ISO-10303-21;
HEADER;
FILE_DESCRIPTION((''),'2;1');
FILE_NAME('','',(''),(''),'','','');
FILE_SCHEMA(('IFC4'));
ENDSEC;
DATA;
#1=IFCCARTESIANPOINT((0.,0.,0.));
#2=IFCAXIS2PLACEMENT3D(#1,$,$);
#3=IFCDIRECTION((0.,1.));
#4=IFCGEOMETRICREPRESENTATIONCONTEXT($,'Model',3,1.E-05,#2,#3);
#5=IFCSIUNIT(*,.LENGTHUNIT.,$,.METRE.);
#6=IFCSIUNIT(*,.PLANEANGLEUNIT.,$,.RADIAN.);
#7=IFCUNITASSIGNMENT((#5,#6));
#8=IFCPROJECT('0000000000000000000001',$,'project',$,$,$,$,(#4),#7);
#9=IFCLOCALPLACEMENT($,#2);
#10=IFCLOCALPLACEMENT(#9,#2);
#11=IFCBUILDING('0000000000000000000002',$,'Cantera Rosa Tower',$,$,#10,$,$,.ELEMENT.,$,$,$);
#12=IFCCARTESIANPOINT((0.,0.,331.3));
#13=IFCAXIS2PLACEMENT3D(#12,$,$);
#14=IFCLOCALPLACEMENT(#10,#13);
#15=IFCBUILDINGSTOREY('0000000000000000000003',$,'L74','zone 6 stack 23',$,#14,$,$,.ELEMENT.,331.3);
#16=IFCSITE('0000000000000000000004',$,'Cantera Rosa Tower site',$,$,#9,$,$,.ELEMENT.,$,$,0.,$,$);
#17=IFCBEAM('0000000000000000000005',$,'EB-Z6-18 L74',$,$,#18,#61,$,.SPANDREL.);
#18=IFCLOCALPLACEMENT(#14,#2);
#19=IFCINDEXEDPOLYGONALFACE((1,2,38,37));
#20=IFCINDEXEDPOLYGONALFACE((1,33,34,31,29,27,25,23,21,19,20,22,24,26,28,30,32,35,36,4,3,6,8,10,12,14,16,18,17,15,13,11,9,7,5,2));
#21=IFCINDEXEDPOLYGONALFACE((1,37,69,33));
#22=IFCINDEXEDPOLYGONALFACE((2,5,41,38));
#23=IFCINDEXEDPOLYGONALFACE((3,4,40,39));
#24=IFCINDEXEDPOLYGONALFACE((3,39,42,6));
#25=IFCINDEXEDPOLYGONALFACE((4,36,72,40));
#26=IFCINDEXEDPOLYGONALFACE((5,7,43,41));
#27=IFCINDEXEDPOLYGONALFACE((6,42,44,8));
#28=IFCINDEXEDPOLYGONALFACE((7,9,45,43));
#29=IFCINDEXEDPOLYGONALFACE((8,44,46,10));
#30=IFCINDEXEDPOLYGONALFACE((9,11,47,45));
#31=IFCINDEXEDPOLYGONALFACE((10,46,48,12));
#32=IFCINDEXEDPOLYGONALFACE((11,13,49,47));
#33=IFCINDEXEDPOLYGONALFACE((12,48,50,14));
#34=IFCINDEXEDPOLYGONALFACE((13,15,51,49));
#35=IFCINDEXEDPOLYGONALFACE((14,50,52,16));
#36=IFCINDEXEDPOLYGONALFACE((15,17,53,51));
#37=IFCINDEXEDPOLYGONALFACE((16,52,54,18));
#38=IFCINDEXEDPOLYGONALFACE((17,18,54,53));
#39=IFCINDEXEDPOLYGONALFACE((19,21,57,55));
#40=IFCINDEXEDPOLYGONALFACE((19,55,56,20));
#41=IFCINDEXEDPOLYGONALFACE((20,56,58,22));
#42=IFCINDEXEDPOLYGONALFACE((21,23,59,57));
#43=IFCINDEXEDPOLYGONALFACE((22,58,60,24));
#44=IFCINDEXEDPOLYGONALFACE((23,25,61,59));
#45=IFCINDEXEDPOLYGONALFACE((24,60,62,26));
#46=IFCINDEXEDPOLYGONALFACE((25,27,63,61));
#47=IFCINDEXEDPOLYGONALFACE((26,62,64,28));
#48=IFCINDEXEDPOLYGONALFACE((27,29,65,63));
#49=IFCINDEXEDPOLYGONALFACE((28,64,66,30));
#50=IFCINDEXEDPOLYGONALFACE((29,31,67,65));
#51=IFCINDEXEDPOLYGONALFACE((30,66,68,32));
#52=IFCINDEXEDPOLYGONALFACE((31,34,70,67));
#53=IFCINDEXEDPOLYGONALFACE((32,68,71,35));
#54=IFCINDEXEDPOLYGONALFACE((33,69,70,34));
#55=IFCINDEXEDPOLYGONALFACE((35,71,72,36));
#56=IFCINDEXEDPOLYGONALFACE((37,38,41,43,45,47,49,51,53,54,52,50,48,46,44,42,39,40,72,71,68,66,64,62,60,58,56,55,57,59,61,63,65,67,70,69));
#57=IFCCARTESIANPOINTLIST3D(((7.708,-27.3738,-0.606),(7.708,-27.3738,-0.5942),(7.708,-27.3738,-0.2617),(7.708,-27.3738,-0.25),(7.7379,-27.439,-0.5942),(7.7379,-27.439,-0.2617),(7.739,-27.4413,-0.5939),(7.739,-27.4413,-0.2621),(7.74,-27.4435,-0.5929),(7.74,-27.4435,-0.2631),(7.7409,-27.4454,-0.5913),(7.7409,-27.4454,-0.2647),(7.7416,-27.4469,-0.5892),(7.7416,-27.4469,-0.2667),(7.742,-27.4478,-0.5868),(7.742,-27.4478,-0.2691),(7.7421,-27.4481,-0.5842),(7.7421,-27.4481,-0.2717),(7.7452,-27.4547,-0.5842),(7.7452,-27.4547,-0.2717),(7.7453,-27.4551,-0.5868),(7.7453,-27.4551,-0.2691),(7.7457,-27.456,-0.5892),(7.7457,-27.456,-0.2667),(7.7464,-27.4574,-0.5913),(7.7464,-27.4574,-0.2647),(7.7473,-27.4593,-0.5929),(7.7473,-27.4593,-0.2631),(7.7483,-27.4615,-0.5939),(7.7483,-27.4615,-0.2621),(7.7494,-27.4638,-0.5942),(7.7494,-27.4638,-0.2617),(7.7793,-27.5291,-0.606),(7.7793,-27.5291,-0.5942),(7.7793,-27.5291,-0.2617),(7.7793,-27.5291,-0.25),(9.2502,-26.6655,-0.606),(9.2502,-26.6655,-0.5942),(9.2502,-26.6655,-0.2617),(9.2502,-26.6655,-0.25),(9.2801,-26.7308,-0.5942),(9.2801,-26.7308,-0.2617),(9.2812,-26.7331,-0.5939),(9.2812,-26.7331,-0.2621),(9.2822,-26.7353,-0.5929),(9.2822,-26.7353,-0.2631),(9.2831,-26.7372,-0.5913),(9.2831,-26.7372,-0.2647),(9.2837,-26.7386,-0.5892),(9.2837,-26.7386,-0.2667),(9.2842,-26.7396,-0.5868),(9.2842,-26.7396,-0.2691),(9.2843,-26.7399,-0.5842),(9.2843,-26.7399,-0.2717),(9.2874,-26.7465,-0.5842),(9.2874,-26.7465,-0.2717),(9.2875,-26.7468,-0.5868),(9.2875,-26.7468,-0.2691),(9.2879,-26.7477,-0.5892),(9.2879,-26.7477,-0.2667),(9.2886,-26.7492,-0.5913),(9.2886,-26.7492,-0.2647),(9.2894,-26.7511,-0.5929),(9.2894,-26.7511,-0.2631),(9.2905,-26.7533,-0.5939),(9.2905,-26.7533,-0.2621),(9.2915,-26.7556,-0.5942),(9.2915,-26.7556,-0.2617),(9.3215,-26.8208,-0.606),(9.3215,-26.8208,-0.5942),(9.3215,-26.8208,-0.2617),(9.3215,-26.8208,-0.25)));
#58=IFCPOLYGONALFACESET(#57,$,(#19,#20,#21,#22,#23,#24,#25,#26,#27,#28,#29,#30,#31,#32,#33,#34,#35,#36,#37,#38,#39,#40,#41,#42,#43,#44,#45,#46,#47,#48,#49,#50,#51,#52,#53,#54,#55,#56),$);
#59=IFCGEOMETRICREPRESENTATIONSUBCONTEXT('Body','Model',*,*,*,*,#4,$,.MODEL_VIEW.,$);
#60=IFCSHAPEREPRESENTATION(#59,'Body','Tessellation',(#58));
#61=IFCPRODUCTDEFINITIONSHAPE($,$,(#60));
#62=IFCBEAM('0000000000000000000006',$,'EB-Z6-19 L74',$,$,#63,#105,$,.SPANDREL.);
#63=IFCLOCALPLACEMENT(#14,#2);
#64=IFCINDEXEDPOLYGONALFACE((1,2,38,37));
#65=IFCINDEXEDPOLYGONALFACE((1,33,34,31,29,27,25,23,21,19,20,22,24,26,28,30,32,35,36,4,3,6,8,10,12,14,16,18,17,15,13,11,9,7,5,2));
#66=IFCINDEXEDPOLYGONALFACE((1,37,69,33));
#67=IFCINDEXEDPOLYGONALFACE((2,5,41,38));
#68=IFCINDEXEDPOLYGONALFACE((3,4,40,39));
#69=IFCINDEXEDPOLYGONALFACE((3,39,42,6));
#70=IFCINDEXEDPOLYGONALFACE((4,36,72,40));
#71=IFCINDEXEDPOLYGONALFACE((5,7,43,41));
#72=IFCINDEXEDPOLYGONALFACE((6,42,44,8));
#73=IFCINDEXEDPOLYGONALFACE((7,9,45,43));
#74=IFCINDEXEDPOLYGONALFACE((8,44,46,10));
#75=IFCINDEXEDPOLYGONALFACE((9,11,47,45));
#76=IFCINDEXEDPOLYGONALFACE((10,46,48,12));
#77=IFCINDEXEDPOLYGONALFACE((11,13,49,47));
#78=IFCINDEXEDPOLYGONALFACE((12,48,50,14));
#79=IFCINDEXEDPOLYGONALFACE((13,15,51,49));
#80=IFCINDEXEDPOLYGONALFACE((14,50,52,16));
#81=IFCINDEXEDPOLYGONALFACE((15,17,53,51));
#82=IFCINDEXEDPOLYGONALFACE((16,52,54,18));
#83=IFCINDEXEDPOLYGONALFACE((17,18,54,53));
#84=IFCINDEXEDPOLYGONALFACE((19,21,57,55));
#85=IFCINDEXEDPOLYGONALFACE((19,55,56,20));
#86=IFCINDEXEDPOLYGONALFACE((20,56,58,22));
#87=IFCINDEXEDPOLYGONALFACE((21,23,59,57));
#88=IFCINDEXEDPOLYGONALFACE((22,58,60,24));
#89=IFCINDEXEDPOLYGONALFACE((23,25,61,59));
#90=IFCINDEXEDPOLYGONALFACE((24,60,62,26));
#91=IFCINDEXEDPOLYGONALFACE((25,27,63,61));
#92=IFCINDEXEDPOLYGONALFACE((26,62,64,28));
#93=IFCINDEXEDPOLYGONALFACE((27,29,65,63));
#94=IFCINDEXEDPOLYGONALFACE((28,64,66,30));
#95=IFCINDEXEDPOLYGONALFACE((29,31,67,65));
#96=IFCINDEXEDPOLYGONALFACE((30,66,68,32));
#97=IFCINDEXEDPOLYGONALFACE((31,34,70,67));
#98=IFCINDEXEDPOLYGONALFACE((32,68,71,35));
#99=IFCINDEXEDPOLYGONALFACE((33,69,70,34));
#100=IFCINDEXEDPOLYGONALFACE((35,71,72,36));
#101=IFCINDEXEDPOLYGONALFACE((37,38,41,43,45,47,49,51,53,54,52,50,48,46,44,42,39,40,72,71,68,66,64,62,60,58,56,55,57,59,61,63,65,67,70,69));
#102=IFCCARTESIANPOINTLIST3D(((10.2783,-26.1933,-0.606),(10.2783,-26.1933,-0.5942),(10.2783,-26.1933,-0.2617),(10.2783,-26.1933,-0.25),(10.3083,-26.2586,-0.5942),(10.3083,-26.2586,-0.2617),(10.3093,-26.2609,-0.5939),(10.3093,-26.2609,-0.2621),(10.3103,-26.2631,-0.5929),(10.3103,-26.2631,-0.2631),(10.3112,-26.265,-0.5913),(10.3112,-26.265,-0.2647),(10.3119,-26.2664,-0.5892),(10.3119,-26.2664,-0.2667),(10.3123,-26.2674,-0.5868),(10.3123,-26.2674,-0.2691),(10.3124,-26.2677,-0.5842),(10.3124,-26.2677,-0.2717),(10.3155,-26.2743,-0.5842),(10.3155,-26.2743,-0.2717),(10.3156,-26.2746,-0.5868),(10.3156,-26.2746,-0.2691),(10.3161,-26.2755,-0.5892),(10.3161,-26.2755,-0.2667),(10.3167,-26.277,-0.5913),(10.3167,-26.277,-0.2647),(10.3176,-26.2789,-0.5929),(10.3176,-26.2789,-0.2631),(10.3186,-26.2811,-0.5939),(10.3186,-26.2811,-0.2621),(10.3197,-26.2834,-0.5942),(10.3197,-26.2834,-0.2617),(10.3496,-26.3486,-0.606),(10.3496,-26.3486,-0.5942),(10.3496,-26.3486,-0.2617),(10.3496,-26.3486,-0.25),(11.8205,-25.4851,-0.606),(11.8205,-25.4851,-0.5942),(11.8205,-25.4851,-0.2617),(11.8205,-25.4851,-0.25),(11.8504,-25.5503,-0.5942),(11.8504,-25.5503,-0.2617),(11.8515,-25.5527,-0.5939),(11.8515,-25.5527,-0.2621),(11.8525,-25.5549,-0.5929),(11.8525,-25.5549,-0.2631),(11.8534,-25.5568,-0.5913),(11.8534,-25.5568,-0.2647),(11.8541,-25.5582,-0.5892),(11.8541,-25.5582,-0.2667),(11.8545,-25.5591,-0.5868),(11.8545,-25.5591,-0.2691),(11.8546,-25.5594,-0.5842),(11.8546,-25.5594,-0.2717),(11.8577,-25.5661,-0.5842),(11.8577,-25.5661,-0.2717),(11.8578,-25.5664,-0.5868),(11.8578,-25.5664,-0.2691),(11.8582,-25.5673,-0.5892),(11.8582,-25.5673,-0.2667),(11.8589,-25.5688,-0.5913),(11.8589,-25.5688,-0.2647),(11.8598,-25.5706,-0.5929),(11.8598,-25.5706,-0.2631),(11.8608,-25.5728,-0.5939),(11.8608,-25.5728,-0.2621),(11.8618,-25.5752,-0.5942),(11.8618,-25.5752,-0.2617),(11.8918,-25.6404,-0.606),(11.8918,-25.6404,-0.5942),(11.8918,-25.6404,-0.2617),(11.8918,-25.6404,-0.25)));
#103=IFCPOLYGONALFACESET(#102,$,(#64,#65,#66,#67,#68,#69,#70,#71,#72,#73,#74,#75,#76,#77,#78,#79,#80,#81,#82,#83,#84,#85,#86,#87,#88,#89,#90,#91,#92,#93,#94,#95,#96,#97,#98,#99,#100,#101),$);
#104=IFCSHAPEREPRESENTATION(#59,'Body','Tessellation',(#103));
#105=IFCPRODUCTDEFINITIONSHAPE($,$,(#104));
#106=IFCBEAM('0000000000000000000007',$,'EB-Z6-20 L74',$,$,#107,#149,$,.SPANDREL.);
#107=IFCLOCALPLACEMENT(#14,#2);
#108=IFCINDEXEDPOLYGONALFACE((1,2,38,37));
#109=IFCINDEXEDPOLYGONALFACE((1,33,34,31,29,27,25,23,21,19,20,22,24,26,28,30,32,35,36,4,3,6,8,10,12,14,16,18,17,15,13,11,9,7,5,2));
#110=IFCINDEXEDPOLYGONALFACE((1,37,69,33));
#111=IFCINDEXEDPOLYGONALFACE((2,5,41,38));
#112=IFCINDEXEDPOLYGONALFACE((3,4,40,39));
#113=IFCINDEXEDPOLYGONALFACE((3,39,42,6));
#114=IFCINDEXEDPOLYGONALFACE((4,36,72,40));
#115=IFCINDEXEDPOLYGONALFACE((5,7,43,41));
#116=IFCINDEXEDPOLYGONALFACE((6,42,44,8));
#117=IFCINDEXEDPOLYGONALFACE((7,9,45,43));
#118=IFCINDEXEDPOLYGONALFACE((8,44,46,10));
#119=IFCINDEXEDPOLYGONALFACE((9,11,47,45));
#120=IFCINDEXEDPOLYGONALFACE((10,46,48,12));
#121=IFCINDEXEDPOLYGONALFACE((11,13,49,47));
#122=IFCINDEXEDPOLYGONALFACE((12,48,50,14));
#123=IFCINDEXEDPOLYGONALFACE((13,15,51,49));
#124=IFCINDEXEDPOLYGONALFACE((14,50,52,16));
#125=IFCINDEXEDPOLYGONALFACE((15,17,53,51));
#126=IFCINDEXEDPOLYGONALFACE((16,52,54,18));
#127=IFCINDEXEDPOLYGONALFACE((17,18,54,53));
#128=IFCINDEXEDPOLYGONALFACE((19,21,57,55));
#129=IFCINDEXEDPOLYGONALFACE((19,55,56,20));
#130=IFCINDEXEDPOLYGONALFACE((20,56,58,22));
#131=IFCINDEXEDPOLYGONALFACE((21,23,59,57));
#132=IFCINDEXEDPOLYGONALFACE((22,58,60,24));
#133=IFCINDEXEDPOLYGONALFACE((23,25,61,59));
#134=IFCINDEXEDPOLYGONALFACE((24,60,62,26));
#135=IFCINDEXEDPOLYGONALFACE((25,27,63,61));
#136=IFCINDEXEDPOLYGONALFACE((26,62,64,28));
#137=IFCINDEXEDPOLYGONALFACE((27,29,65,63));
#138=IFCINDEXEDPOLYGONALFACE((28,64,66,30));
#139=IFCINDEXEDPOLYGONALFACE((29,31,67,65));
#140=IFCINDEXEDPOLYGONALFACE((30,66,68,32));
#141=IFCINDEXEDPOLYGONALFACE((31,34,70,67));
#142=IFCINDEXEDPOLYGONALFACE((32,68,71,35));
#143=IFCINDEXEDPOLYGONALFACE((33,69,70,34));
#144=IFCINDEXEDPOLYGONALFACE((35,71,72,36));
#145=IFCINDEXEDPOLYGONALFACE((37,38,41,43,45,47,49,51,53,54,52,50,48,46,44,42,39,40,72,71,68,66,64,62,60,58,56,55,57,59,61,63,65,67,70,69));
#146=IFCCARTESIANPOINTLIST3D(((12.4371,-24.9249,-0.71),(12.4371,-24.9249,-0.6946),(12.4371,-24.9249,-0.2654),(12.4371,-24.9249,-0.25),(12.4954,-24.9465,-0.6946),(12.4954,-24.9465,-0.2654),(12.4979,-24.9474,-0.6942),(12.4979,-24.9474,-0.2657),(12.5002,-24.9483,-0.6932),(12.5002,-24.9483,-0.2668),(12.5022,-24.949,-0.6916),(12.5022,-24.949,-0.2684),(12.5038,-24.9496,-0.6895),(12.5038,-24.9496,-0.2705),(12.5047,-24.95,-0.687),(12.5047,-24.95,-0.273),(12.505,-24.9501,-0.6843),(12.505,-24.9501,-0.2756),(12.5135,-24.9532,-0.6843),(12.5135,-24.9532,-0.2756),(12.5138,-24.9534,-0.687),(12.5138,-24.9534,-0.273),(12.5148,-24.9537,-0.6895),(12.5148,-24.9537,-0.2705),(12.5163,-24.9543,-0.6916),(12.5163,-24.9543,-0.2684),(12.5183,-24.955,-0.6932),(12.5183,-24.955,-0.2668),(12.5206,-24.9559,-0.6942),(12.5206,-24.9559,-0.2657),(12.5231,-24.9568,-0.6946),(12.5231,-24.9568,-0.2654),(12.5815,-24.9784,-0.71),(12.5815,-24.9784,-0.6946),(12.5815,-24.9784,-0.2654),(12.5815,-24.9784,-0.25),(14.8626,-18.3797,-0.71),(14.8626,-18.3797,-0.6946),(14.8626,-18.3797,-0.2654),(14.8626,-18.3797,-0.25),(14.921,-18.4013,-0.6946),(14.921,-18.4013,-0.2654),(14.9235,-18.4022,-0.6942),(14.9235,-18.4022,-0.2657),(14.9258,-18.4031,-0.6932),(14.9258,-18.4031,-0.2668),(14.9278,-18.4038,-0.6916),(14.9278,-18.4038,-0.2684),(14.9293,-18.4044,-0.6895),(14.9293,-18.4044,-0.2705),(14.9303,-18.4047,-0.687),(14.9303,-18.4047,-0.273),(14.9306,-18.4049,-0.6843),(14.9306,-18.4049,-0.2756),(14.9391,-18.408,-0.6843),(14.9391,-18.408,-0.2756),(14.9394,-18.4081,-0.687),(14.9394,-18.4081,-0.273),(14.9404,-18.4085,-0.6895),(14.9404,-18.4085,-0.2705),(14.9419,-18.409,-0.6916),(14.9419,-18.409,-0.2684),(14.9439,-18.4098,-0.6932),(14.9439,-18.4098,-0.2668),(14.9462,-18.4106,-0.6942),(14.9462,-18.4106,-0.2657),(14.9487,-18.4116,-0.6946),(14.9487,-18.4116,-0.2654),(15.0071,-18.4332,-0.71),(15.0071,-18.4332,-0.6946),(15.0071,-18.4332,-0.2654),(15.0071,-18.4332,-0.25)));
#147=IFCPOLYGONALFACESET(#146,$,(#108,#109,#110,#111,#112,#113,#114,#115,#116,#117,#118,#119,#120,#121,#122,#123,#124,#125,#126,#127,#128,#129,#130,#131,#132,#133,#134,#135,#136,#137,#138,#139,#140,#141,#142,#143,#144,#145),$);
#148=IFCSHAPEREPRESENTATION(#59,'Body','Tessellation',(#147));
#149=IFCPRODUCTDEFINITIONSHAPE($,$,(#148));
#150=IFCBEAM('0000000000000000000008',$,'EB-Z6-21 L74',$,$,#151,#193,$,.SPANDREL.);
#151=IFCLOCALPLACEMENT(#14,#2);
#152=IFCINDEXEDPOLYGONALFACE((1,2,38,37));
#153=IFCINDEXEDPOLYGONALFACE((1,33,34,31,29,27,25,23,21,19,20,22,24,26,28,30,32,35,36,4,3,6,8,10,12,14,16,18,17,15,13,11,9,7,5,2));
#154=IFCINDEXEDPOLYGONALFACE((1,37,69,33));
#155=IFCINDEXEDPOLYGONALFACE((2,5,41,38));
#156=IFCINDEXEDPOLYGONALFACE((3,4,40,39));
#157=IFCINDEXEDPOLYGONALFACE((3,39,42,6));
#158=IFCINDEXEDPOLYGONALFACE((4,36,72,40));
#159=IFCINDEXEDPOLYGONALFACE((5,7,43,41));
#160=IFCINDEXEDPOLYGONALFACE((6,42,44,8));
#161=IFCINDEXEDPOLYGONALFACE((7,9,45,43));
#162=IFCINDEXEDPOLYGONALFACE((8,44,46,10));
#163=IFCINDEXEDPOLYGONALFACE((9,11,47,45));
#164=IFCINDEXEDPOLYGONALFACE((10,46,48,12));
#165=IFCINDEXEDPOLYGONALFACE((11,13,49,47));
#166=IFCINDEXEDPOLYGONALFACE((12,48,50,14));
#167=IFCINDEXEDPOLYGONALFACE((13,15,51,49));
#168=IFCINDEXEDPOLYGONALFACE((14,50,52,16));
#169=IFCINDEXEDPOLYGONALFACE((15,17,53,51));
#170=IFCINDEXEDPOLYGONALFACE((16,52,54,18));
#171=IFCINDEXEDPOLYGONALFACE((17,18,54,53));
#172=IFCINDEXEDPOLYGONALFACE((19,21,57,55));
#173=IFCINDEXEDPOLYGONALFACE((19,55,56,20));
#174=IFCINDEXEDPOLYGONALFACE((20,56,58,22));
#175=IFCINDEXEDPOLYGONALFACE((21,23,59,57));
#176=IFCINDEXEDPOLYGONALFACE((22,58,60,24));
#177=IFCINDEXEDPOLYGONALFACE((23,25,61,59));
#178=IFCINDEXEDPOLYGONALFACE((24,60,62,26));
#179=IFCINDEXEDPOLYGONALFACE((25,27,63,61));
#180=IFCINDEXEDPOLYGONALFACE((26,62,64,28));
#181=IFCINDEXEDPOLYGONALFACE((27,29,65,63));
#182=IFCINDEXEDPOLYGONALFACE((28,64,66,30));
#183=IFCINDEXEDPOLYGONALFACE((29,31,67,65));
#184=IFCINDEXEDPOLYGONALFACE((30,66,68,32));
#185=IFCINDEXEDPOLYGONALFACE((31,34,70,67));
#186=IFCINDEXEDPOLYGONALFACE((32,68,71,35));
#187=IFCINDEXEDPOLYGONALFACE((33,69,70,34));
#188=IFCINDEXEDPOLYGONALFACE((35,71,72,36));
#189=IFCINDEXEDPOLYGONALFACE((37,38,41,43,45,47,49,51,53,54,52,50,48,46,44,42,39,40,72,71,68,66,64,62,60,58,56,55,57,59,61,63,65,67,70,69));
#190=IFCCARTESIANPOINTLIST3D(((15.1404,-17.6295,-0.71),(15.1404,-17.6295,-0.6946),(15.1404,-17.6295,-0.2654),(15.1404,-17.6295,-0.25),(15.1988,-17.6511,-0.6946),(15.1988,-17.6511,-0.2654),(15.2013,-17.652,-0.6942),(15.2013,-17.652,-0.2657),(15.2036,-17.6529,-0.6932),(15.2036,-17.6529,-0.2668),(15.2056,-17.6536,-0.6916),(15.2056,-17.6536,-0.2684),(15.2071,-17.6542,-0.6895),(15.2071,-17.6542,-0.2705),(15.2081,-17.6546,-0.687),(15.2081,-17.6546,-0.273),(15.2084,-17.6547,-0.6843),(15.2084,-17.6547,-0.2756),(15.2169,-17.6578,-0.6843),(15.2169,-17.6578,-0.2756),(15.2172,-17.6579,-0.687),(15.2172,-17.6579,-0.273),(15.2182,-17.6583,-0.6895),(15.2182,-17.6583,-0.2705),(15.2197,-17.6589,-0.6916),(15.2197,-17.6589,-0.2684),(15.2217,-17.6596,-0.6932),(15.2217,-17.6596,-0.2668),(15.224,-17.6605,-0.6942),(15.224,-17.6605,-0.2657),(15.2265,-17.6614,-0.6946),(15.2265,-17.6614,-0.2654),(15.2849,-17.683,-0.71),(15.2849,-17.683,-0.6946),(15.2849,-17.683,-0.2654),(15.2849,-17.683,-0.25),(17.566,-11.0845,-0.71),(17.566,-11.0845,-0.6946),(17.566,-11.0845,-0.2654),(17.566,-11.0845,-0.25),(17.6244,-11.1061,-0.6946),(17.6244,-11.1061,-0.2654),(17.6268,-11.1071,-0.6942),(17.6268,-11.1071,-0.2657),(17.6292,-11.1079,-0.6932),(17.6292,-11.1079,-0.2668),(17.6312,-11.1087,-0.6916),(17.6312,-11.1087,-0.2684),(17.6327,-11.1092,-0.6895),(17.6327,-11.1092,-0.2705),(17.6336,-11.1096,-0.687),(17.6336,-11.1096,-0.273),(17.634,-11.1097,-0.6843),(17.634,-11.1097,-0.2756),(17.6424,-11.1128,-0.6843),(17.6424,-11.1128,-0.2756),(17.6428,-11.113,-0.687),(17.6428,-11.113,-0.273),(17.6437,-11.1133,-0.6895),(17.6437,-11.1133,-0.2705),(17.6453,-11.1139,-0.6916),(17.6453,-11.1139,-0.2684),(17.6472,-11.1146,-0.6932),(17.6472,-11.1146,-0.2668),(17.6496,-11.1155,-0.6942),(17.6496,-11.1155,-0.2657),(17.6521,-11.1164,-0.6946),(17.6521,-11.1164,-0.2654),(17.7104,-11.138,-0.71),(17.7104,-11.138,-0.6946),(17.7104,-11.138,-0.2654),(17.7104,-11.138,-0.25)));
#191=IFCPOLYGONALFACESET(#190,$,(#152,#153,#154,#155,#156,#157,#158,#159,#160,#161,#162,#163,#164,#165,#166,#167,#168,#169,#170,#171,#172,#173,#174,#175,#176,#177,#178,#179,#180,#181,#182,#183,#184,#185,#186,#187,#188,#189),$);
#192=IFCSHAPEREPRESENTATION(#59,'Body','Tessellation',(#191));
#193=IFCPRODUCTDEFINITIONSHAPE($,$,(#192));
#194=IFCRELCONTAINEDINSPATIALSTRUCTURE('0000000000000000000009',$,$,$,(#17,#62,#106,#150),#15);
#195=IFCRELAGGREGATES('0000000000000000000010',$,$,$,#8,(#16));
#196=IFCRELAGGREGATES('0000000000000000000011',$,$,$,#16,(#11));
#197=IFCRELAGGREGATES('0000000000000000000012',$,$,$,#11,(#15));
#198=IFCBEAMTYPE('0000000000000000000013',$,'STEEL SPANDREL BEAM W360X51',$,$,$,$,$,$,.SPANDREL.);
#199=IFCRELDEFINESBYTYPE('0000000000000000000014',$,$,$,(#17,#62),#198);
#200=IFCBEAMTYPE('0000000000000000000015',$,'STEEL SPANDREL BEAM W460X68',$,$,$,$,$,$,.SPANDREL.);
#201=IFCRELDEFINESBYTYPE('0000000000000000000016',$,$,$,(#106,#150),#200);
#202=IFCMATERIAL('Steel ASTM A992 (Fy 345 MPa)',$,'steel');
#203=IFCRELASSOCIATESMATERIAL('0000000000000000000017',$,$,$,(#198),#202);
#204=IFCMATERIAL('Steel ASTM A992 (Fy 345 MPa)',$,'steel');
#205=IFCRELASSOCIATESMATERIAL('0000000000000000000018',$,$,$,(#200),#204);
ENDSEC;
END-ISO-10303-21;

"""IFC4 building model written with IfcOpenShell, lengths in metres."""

from ifc_helpers import new_model, si_unit, direction, frame, origin, origin_2d, place, context, subcontext, project, spatial, i_section, extrude, material, material_profile, profile_set, type_object, element, save


model = new_model("IFC4")

# Units and contexts
model_context = context("Model", 3, precision=1e-05, world=origin(), true_north=direction((0.0, 1.0)))
body_context = subcontext(model_context, "Body", "Model", "MODEL_VIEW")
ifc_project = project(units=[si_unit("LENGTHUNIT", "METRE"), si_unit("PLANEANGLEUNIT", "RADIAN")], contexts=[model_context])

# Site, building, storey
site_placement = place(None, origin())
site = spatial("IfcSite", under=ifc_project, at=site_placement, Name="Cantera Rosa Tower site", CompositionType="ELEMENT", RefElevation=0.0)
building_placement = place(site_placement, origin())
building = spatial("IfcBuilding", under=site, at=building_placement, Name="Cantera Rosa Tower", CompositionType="ELEMENT")
storey_placement = place(building_placement, frame((0.0, 0.0, 331.3)))
storey = spatial("IfcBuildingStorey", under=building, at=storey_placement, Name="L74", Description="zone 6 stack 23", CompositionType="ELEMENT", Elevation=331.3)

# Beams
ifc_material_1 = material(Name="Steel ASTM A992 (Fy 345 MPa)", Category="steel")
ifc_material_profile_1 = material_profile(ifc_material_1, i_section(OverallWidth=0.1709, OverallDepth=0.356, WebThickness=0.0073, FlangeThickness=0.0117, FilletRadius=0.01, at=origin_2d()), Name="W360X51")
ifc_profile_set_1 = profile_set([ifc_material_profile_1], Name="Steel ASTM A992 (Fy 345 MPa)")
beam_type_1 = type_object("IfcBeamType", Name="STEEL SPANDREL BEAM W360X51", PredefinedType="SPANDREL", material=ifc_profile_set_1)
for number, where, z_axis, x_axis, name in (
    (1, (7.7437, -27.4514, -0.428), (0.908754, 0.417333, 0.0), (-0.417333, 0.908754, 0.0), "EB-Z6-18 L74"),
    (2, (10.314, -26.271, -0.428), (0.908754, 0.417333, 0.0), (-0.417333, 0.908754, 0.0), "EB-Z6-19 L74"),
):
    element("IfcBeam", number, at=place(storey_placement, frame(where, z_axis=z_axis, x_axis=x_axis)), inside=storey, type_object=beam_type_1, Name=name, PredefinedType="SPANDREL", context=body_context, shape_type="SweptSolid", body=[
        extrude(i_section(OverallWidth=0.1709, OverallDepth=0.356, WebThickness=0.0073, FlangeThickness=0.0117, FilletRadius=0.01, at=origin_2d()), origin(), (0.0, 0.0, 1.0), 1.697),
    ])
ifc_material_2 = material(Name="Steel ASTM A992 (Fy 345 MPa)", Category="steel")
ifc_material_profile_2 = material_profile(ifc_material_2, i_section(OverallWidth=0.1541, OverallDepth=0.46, WebThickness=0.009, FlangeThickness=0.0154, FilletRadius=0.0103, at=origin_2d()), Name="W460X68")
ifc_profile_set_2 = profile_set([ifc_material_profile_2], Name="Steel ASTM A992 (Fy 345 MPa)")
beam_type_2 = type_object("IfcBeamType", Name="STEEL SPANDREL BEAM W460X68", PredefinedType="SPANDREL", material=ifc_profile_set_2)
beam_1_placement = place(storey_placement, frame((12.5093, -24.9517, -0.48), z_axis=(0.347491, 0.937683, 0.0), x_axis=(-0.937683, 0.347491, 0.0)))
element("IfcBeam", 3, at=beam_1_placement, inside=storey, type_object=beam_type_2, Name="EB-Z6-20 L74", PredefinedType="SPANDREL", context=body_context, shape_type="SweptSolid", body=[
    extrude(i_section(OverallWidth=0.1541, OverallDepth=0.46, WebThickness=0.009, FlangeThickness=0.0154, FilletRadius=0.0103, at=origin_2d()), origin(), (0.0, 0.0, 1.0), 6.9802),
])
beam_2_placement = place(storey_placement, frame((15.2126, -17.6562, -0.48), z_axis=(0.347502, 0.937679, 0.0), x_axis=(-0.937679, 0.347502, 0.0)))
element("IfcBeam", 4, at=beam_2_placement, inside=storey, type_object=beam_type_2, Name="EB-Z6-21 L74", PredefinedType="SPANDREL", context=body_context, shape_type="SweptSolid", body=[
    extrude(i_section(OverallWidth=0.1541, OverallDepth=0.46, WebThickness=0.009, FlangeThickness=0.0154, FilletRadius=0.0103, at=origin_2d()), origin(), (0.0, 0.0, 1.0), 6.98),
])

save(model, "model.ifc")
